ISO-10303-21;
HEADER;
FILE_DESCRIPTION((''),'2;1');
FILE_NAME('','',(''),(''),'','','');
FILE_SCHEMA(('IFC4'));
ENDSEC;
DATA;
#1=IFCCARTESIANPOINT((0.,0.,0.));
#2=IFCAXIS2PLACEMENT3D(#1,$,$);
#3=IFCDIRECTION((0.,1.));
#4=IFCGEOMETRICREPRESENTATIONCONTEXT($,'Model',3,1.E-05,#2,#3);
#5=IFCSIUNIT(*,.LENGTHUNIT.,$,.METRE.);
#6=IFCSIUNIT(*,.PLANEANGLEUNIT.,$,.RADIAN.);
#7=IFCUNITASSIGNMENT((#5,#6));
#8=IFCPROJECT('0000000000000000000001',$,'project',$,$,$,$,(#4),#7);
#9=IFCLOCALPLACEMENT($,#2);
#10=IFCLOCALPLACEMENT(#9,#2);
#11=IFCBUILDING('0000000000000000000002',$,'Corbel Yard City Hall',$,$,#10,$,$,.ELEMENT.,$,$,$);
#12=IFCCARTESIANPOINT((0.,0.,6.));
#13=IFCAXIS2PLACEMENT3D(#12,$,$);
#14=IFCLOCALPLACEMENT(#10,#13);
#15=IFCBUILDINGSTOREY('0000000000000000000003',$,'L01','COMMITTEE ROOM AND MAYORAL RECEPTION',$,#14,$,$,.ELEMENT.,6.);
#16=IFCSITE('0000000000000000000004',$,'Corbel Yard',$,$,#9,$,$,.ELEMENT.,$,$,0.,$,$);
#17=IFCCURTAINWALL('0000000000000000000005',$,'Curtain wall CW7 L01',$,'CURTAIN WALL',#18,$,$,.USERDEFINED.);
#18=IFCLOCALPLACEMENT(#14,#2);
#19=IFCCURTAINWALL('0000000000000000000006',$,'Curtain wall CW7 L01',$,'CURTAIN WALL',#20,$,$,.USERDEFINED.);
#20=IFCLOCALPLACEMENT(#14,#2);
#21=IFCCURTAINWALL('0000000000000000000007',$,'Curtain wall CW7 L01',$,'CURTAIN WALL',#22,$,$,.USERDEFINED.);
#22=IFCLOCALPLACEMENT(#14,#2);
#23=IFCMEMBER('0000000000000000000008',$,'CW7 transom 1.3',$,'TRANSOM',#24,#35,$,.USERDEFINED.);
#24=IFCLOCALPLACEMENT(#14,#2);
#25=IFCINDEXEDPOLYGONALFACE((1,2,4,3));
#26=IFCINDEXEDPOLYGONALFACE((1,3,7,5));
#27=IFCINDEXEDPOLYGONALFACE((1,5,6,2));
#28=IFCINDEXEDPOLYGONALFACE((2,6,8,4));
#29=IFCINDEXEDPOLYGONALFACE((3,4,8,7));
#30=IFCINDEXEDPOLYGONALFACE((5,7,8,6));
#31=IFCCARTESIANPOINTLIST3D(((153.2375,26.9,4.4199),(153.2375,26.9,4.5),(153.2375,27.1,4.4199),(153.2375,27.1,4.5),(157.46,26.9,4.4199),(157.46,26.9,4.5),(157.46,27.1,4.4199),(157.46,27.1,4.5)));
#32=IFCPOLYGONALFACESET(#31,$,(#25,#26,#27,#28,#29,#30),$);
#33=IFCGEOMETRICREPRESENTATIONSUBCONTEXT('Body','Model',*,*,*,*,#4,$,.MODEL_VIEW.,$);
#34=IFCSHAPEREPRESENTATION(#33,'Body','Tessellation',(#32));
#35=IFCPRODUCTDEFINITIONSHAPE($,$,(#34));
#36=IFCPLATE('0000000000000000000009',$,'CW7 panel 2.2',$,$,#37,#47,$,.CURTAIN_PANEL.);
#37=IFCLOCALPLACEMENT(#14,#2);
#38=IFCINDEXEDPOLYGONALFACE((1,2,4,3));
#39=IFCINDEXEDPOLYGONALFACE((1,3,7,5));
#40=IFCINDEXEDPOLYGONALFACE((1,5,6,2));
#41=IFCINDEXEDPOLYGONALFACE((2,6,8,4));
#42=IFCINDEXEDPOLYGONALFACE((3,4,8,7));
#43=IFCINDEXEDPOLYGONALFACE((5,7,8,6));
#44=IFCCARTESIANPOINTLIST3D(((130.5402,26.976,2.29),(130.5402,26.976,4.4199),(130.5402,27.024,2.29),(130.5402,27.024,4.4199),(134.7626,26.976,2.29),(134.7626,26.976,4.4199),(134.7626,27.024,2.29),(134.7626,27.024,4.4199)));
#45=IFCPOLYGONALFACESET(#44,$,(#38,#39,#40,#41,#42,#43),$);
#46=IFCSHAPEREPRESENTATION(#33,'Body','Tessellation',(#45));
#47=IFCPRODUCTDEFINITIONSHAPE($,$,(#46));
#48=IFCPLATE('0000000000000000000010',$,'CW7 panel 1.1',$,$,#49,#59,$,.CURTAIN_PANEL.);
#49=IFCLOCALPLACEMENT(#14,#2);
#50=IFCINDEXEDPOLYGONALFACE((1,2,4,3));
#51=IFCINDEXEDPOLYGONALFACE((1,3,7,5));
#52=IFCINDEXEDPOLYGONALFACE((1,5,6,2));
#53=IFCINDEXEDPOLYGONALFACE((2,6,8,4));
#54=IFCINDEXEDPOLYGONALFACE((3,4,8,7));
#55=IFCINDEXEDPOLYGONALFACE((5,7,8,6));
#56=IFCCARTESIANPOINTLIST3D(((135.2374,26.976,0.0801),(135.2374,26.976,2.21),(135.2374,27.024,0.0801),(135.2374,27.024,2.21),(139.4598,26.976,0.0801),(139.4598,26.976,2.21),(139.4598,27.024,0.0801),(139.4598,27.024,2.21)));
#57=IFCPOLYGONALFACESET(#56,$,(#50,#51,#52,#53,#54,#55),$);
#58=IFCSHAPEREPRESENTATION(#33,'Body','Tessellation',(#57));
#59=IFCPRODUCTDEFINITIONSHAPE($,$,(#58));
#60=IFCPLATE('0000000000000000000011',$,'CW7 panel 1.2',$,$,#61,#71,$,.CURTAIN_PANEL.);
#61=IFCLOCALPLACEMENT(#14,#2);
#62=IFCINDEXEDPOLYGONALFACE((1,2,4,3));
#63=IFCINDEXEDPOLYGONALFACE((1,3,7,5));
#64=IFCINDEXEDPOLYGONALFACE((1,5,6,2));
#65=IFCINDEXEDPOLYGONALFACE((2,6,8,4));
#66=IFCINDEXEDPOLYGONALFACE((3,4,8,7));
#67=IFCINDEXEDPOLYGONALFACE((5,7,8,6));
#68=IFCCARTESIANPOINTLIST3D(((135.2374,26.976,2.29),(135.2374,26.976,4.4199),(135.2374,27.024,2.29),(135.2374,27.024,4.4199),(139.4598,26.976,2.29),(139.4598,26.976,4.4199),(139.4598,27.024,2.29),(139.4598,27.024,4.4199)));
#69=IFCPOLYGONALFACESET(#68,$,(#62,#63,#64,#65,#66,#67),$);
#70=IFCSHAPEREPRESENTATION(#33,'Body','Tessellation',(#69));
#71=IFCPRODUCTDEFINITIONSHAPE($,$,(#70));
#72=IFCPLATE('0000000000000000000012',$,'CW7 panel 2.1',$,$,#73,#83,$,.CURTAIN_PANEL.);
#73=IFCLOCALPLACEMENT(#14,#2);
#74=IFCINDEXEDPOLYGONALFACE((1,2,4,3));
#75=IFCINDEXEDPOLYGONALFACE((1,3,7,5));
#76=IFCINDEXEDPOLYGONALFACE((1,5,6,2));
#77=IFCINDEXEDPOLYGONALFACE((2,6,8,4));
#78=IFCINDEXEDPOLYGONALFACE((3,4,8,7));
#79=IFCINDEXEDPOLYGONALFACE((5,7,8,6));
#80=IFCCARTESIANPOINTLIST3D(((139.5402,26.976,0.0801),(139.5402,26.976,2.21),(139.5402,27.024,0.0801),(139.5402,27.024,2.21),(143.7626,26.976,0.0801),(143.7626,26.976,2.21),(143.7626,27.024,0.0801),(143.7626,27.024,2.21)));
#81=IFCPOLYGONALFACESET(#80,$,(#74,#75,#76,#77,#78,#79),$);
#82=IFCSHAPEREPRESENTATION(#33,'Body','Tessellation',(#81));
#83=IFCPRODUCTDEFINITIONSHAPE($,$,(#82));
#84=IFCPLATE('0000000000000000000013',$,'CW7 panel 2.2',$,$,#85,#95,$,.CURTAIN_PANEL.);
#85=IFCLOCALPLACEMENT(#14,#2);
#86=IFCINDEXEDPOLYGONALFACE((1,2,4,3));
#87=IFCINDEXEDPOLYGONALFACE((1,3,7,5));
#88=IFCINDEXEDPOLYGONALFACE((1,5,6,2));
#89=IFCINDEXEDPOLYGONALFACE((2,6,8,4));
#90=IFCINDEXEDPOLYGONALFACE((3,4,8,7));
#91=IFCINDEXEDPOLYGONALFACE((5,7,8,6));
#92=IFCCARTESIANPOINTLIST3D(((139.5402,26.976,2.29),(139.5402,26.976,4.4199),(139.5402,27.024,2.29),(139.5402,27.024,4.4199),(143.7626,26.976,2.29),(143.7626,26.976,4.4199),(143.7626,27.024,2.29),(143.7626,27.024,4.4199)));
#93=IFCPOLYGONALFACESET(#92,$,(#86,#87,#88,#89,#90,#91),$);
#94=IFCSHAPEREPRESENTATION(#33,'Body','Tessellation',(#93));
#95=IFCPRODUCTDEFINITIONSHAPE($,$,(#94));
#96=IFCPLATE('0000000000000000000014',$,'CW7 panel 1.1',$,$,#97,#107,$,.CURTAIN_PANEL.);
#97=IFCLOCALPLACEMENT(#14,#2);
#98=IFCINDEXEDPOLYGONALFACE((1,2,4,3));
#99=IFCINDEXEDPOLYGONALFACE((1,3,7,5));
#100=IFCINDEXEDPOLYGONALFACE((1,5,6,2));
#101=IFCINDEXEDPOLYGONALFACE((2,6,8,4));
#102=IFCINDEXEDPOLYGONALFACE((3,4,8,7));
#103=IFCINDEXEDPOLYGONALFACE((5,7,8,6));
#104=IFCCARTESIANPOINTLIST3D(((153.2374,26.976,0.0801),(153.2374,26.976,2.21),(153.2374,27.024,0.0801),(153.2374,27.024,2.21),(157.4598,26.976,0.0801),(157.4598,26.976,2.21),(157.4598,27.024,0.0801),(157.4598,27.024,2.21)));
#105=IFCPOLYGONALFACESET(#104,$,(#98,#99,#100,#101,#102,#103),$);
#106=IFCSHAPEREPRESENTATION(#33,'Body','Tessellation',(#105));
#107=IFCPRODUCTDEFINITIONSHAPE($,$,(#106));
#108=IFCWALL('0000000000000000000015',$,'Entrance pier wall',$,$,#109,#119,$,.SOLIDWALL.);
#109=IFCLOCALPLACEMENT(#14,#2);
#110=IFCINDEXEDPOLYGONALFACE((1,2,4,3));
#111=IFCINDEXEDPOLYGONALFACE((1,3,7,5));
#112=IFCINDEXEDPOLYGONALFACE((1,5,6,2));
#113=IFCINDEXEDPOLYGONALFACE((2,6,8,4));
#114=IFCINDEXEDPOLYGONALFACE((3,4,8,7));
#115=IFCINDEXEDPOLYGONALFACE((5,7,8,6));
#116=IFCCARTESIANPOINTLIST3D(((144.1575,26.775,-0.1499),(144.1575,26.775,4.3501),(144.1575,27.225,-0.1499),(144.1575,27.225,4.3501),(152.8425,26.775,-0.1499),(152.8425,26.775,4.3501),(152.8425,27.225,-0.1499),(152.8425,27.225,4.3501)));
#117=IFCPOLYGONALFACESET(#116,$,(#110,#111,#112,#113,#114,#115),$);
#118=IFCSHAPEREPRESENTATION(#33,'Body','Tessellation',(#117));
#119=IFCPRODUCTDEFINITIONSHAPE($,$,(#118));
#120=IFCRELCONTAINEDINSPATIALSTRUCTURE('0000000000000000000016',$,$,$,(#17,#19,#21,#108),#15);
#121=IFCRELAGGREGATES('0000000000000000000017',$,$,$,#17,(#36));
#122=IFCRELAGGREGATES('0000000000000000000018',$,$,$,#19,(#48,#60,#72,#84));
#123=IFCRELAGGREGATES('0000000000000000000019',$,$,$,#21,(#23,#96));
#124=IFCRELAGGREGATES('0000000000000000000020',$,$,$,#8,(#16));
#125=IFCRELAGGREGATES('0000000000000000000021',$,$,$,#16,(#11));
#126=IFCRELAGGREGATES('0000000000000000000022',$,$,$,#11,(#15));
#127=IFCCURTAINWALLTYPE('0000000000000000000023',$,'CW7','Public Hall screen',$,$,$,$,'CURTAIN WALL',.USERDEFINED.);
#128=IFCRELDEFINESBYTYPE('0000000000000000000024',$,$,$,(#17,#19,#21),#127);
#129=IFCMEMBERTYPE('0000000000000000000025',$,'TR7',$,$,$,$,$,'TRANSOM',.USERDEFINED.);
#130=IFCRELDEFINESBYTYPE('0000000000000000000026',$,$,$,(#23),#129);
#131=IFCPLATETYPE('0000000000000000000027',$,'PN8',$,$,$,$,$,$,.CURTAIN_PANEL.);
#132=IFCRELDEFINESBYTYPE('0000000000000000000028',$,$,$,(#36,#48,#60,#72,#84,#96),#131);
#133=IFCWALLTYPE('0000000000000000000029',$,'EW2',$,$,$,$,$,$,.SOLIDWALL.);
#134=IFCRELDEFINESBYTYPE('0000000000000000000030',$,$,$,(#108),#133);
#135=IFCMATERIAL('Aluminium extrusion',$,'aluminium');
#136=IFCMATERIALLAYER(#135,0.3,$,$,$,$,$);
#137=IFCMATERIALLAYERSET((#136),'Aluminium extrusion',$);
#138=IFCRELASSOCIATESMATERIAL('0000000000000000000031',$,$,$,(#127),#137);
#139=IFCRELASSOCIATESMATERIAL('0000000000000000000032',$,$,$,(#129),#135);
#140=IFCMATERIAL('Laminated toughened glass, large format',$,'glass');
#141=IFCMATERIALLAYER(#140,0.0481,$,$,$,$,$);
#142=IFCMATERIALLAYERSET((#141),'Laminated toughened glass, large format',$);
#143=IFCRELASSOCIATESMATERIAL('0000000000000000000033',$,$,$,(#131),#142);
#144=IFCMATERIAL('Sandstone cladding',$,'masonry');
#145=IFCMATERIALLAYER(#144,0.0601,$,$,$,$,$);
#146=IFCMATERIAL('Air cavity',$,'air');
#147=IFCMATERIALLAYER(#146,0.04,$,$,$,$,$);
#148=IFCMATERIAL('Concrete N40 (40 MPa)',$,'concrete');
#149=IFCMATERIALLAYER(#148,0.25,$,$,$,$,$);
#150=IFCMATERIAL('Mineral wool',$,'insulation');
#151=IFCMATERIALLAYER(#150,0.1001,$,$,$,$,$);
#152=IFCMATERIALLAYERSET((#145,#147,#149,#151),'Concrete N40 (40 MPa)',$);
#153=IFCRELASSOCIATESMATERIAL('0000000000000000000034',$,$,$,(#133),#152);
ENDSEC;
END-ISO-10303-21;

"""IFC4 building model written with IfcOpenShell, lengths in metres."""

from ifc_helpers import new_model, si_unit, direction, frame, frame_2d, origin, origin_2d, place, context, subcontext, project, spatial, rectangle, extrude, material, layer, layer_set, material_profile, profile_set, type_object, element, aggregate, save


model = new_model("IFC4")

# Units and contexts
model_context = context("Model", 3, precision=1e-05, world=origin(), true_north=direction((0.0, 1.0)))
body_context = subcontext(model_context, "Body", "Model", "MODEL_VIEW")
ifc_project = project(units=[si_unit("LENGTHUNIT", "METRE"), si_unit("PLANEANGLEUNIT", "RADIAN")], contexts=[model_context])

# Site, building, storey
site_placement = place(None, origin())
site = spatial("IfcSite", under=ifc_project, at=site_placement, Name="Corbel Yard", CompositionType="ELEMENT", RefElevation=0.0)
building_placement = place(site_placement, origin())
building = spatial("IfcBuilding", under=site, at=building_placement, Name="Corbel Yard City Hall", CompositionType="ELEMENT")
storey_placement = place(building_placement, frame((0.0, 0.0, 6.0)))
storey = spatial("IfcBuildingStorey", under=building, at=storey_placement, Name="L01", Description="COMMITTEE ROOM AND MAYORAL RECEPTION", CompositionType="ELEMENT", Elevation=6.0)

# Curtain wall
ifc_material_1 = material(Name="Aluminium extrusion", Category="aluminium")
ifc_layer_1 = layer(ifc_material_1, 0.3)
ifc_layer_set_1 = layer_set([ifc_layer_1], Name="Aluminium extrusion")
curtain_wall_type = type_object("IfcCurtainWallType", Name="CW7", Description="Public Hall screen", ElementType="CURTAIN WALL", PredefinedType="USERDEFINED", material=ifc_layer_set_1)
curtain_wall_1_placement = place(storey_placement, origin())
curtain_wall_1 = element("IfcCurtainWall", 1, at=curtain_wall_1_placement, inside=storey, type_object=curtain_wall_type, Name="Curtain wall CW7 L01", ObjectType="CURTAIN WALL", PredefinedType="USERDEFINED")

# Curtain wall
curtain_wall_2_placement = place(storey_placement, origin())
curtain_wall_2 = element("IfcCurtainWall", 2, at=curtain_wall_2_placement, inside=storey, type_object=curtain_wall_type, Name="Curtain wall CW7 L01", ObjectType="CURTAIN WALL", PredefinedType="USERDEFINED")

# Curtain wall
curtain_wall_3_placement = place(storey_placement, origin())
curtain_wall_3 = element("IfcCurtainWall", 3, at=curtain_wall_3_placement, inside=storey, type_object=curtain_wall_type, Name="Curtain wall CW7 L01", ObjectType="CURTAIN WALL", PredefinedType="USERDEFINED")

# Member
ifc_material_profile_1 = material_profile(ifc_material_1, rectangle(XDim=0.2, YDim=0.0801, at=origin_2d()), Name="200x80")
ifc_profile_set_1 = profile_set([ifc_material_profile_1], Name="Aluminium extrusion")
member_type_1 = type_object("IfcMemberType", Name="TR7", ElementType="TRANSOM", PredefinedType="USERDEFINED", material=ifc_profile_set_1)
member_1_placement = place(storey_placement, frame((153.2375, 27.0, 4.46), z_axis=(1.0, 0.0, 0.0), x_axis=(0.0, 1.0, 0.0)))
member_1 = element("IfcMember", 4, at=member_1_placement, type_object=member_type_1, Name="CW7 transom 1.3", ObjectType="TRANSOM", PredefinedType="USERDEFINED", context=body_context, shape_type="SweptSolid", body=[
    extrude(rectangle(XDim=0.2, YDim=0.0801, at=origin_2d()), origin(), (0.0, 0.0, 1.0), 4.2224),
])

# Plates
ifc_material_2 = material(Name="Laminated toughened glass, large format", Category="glass")
ifc_layer_2 = layer(ifc_material_2, 0.0481)
ifc_layer_set_2 = layer_set([ifc_layer_2], Name="Laminated toughened glass, large format")
plate_type = type_object("IfcPlateType", Name="PN8", PredefinedType="CURTAIN_PANEL", material=ifc_layer_set_2)
plate_1_placement = place(storey_placement, frame((132.6514, 27.0, 2.29), z_axis=(0.0, 0.0, 1.0), x_axis=(1.0, 0.0, 0.0)))
plate_1 = element("IfcPlate", 5, at=plate_1_placement, type_object=plate_type, Name="CW7 panel 2.2", PredefinedType="CURTAIN_PANEL", context=body_context, shape_type="SweptSolid", body=[
    extrude(rectangle(XDim=4.2224, YDim=0.0481, at=origin_2d()), origin(), (0.0, 0.0, 1.0), 2.1299),
])
aggregate(curtain_wall_1, [plate_1])
plate_2_placement = place(storey_placement, frame((137.3486, 27.0, 0.0801), z_axis=(0.0, 0.0, 1.0), x_axis=(1.0, 0.0, 0.0)))
plate_2 = element("IfcPlate", 6, at=plate_2_placement, type_object=plate_type, Name="CW7 panel 1.1", PredefinedType="CURTAIN_PANEL", context=body_context, shape_type="SweptSolid", body=[
    extrude(rectangle(XDim=4.2224, YDim=0.0481, at=origin_2d()), origin(), (0.0, 0.0, 1.0), 2.1299),
])
plate_3_placement = place(storey_placement, frame((137.3486, 27.0, 2.29), z_axis=(0.0, 0.0, 1.0), x_axis=(1.0, 0.0, 0.0)))
plate_3 = element("IfcPlate", 7, at=plate_3_placement, type_object=plate_type, Name="CW7 panel 1.2", PredefinedType="CURTAIN_PANEL", context=body_context, shape_type="SweptSolid", body=[
    extrude(rectangle(XDim=4.2224, YDim=0.0481, at=origin_2d()), origin(), (0.0, 0.0, 1.0), 2.1299),
])
plate_4_placement = place(storey_placement, frame((141.6514, 27.0, 0.0801), z_axis=(0.0, 0.0, 1.0), x_axis=(1.0, 0.0, 0.0)))
plate_4 = element("IfcPlate", 8, at=plate_4_placement, type_object=plate_type, Name="CW7 panel 2.1", PredefinedType="CURTAIN_PANEL", context=body_context, shape_type="SweptSolid", body=[
    extrude(rectangle(XDim=4.2224, YDim=0.0481, at=origin_2d()), origin(), (0.0, 0.0, 1.0), 2.1299),
])
plate_5_placement = place(storey_placement, frame((141.6514, 27.0, 2.29), z_axis=(0.0, 0.0, 1.0), x_axis=(1.0, 0.0, 0.0)))
plate_5 = element("IfcPlate", 9, at=plate_5_placement, type_object=plate_type, Name="CW7 panel 2.2", PredefinedType="CURTAIN_PANEL", context=body_context, shape_type="SweptSolid", body=[
    extrude(rectangle(XDim=4.2224, YDim=0.0481, at=origin_2d()), origin(), (0.0, 0.0, 1.0), 2.1299),
])
aggregate(curtain_wall_2, [plate_2, plate_3, plate_4, plate_5])
plate_6_placement = place(storey_placement, frame((155.3486, 27.0, 0.0801), z_axis=(0.0, 0.0, 1.0), x_axis=(1.0, 0.0, 0.0)))
plate_6 = element("IfcPlate", 10, at=plate_6_placement, type_object=plate_type, Name="CW7 panel 1.1", PredefinedType="CURTAIN_PANEL", context=body_context, shape_type="SweptSolid", body=[
    extrude(rectangle(XDim=4.2224, YDim=0.0481, at=origin_2d()), origin(), (0.0, 0.0, 1.0), 2.1299),
])
aggregate(curtain_wall_3, [member_1, plate_6])

# Wall
ifc_material_3 = material(Name="Sandstone cladding", Category="masonry")
ifc_layer_3 = layer(ifc_material_3, 0.0601)
ifc_material_4 = material(Name="Air cavity", Category="air")
ifc_layer_4 = layer(ifc_material_4, 0.04)
ifc_material_5 = material(Name="Concrete N40 (40 MPa)", Category="concrete")
ifc_layer_5 = layer(ifc_material_5, 0.25)
ifc_material_6 = material(Name="Mineral wool", Category="insulation")
ifc_layer_6 = layer(ifc_material_6, 0.1001)
ifc_layer_set_3 = layer_set([ifc_layer_3, ifc_layer_4, ifc_layer_5, ifc_layer_6], Name="Concrete N40 (40 MPa)")
wall_type = type_object("IfcWallType", Name="EW2", PredefinedType="SOLIDWALL", material=ifc_layer_set_3)
wall_placement = place(storey_placement, frame((144.1575, 27.0, -0.1499), z_axis=(0.0, 0.0, 1.0), x_axis=(1.0, 0.0, 0.0)))
element("IfcWall", 11, at=wall_placement, inside=storey, type_object=wall_type, Name="Entrance pier wall", PredefinedType="SOLIDWALL", context=body_context, shape_type="SweptSolid", body=[
    extrude(rectangle(XDim=8.6851, YDim=0.45, at=frame_2d((4.3425, 0.0))), origin(), (0.0, 0.0, 1.0), 4.5),
])

save(model, "model.ifc")
